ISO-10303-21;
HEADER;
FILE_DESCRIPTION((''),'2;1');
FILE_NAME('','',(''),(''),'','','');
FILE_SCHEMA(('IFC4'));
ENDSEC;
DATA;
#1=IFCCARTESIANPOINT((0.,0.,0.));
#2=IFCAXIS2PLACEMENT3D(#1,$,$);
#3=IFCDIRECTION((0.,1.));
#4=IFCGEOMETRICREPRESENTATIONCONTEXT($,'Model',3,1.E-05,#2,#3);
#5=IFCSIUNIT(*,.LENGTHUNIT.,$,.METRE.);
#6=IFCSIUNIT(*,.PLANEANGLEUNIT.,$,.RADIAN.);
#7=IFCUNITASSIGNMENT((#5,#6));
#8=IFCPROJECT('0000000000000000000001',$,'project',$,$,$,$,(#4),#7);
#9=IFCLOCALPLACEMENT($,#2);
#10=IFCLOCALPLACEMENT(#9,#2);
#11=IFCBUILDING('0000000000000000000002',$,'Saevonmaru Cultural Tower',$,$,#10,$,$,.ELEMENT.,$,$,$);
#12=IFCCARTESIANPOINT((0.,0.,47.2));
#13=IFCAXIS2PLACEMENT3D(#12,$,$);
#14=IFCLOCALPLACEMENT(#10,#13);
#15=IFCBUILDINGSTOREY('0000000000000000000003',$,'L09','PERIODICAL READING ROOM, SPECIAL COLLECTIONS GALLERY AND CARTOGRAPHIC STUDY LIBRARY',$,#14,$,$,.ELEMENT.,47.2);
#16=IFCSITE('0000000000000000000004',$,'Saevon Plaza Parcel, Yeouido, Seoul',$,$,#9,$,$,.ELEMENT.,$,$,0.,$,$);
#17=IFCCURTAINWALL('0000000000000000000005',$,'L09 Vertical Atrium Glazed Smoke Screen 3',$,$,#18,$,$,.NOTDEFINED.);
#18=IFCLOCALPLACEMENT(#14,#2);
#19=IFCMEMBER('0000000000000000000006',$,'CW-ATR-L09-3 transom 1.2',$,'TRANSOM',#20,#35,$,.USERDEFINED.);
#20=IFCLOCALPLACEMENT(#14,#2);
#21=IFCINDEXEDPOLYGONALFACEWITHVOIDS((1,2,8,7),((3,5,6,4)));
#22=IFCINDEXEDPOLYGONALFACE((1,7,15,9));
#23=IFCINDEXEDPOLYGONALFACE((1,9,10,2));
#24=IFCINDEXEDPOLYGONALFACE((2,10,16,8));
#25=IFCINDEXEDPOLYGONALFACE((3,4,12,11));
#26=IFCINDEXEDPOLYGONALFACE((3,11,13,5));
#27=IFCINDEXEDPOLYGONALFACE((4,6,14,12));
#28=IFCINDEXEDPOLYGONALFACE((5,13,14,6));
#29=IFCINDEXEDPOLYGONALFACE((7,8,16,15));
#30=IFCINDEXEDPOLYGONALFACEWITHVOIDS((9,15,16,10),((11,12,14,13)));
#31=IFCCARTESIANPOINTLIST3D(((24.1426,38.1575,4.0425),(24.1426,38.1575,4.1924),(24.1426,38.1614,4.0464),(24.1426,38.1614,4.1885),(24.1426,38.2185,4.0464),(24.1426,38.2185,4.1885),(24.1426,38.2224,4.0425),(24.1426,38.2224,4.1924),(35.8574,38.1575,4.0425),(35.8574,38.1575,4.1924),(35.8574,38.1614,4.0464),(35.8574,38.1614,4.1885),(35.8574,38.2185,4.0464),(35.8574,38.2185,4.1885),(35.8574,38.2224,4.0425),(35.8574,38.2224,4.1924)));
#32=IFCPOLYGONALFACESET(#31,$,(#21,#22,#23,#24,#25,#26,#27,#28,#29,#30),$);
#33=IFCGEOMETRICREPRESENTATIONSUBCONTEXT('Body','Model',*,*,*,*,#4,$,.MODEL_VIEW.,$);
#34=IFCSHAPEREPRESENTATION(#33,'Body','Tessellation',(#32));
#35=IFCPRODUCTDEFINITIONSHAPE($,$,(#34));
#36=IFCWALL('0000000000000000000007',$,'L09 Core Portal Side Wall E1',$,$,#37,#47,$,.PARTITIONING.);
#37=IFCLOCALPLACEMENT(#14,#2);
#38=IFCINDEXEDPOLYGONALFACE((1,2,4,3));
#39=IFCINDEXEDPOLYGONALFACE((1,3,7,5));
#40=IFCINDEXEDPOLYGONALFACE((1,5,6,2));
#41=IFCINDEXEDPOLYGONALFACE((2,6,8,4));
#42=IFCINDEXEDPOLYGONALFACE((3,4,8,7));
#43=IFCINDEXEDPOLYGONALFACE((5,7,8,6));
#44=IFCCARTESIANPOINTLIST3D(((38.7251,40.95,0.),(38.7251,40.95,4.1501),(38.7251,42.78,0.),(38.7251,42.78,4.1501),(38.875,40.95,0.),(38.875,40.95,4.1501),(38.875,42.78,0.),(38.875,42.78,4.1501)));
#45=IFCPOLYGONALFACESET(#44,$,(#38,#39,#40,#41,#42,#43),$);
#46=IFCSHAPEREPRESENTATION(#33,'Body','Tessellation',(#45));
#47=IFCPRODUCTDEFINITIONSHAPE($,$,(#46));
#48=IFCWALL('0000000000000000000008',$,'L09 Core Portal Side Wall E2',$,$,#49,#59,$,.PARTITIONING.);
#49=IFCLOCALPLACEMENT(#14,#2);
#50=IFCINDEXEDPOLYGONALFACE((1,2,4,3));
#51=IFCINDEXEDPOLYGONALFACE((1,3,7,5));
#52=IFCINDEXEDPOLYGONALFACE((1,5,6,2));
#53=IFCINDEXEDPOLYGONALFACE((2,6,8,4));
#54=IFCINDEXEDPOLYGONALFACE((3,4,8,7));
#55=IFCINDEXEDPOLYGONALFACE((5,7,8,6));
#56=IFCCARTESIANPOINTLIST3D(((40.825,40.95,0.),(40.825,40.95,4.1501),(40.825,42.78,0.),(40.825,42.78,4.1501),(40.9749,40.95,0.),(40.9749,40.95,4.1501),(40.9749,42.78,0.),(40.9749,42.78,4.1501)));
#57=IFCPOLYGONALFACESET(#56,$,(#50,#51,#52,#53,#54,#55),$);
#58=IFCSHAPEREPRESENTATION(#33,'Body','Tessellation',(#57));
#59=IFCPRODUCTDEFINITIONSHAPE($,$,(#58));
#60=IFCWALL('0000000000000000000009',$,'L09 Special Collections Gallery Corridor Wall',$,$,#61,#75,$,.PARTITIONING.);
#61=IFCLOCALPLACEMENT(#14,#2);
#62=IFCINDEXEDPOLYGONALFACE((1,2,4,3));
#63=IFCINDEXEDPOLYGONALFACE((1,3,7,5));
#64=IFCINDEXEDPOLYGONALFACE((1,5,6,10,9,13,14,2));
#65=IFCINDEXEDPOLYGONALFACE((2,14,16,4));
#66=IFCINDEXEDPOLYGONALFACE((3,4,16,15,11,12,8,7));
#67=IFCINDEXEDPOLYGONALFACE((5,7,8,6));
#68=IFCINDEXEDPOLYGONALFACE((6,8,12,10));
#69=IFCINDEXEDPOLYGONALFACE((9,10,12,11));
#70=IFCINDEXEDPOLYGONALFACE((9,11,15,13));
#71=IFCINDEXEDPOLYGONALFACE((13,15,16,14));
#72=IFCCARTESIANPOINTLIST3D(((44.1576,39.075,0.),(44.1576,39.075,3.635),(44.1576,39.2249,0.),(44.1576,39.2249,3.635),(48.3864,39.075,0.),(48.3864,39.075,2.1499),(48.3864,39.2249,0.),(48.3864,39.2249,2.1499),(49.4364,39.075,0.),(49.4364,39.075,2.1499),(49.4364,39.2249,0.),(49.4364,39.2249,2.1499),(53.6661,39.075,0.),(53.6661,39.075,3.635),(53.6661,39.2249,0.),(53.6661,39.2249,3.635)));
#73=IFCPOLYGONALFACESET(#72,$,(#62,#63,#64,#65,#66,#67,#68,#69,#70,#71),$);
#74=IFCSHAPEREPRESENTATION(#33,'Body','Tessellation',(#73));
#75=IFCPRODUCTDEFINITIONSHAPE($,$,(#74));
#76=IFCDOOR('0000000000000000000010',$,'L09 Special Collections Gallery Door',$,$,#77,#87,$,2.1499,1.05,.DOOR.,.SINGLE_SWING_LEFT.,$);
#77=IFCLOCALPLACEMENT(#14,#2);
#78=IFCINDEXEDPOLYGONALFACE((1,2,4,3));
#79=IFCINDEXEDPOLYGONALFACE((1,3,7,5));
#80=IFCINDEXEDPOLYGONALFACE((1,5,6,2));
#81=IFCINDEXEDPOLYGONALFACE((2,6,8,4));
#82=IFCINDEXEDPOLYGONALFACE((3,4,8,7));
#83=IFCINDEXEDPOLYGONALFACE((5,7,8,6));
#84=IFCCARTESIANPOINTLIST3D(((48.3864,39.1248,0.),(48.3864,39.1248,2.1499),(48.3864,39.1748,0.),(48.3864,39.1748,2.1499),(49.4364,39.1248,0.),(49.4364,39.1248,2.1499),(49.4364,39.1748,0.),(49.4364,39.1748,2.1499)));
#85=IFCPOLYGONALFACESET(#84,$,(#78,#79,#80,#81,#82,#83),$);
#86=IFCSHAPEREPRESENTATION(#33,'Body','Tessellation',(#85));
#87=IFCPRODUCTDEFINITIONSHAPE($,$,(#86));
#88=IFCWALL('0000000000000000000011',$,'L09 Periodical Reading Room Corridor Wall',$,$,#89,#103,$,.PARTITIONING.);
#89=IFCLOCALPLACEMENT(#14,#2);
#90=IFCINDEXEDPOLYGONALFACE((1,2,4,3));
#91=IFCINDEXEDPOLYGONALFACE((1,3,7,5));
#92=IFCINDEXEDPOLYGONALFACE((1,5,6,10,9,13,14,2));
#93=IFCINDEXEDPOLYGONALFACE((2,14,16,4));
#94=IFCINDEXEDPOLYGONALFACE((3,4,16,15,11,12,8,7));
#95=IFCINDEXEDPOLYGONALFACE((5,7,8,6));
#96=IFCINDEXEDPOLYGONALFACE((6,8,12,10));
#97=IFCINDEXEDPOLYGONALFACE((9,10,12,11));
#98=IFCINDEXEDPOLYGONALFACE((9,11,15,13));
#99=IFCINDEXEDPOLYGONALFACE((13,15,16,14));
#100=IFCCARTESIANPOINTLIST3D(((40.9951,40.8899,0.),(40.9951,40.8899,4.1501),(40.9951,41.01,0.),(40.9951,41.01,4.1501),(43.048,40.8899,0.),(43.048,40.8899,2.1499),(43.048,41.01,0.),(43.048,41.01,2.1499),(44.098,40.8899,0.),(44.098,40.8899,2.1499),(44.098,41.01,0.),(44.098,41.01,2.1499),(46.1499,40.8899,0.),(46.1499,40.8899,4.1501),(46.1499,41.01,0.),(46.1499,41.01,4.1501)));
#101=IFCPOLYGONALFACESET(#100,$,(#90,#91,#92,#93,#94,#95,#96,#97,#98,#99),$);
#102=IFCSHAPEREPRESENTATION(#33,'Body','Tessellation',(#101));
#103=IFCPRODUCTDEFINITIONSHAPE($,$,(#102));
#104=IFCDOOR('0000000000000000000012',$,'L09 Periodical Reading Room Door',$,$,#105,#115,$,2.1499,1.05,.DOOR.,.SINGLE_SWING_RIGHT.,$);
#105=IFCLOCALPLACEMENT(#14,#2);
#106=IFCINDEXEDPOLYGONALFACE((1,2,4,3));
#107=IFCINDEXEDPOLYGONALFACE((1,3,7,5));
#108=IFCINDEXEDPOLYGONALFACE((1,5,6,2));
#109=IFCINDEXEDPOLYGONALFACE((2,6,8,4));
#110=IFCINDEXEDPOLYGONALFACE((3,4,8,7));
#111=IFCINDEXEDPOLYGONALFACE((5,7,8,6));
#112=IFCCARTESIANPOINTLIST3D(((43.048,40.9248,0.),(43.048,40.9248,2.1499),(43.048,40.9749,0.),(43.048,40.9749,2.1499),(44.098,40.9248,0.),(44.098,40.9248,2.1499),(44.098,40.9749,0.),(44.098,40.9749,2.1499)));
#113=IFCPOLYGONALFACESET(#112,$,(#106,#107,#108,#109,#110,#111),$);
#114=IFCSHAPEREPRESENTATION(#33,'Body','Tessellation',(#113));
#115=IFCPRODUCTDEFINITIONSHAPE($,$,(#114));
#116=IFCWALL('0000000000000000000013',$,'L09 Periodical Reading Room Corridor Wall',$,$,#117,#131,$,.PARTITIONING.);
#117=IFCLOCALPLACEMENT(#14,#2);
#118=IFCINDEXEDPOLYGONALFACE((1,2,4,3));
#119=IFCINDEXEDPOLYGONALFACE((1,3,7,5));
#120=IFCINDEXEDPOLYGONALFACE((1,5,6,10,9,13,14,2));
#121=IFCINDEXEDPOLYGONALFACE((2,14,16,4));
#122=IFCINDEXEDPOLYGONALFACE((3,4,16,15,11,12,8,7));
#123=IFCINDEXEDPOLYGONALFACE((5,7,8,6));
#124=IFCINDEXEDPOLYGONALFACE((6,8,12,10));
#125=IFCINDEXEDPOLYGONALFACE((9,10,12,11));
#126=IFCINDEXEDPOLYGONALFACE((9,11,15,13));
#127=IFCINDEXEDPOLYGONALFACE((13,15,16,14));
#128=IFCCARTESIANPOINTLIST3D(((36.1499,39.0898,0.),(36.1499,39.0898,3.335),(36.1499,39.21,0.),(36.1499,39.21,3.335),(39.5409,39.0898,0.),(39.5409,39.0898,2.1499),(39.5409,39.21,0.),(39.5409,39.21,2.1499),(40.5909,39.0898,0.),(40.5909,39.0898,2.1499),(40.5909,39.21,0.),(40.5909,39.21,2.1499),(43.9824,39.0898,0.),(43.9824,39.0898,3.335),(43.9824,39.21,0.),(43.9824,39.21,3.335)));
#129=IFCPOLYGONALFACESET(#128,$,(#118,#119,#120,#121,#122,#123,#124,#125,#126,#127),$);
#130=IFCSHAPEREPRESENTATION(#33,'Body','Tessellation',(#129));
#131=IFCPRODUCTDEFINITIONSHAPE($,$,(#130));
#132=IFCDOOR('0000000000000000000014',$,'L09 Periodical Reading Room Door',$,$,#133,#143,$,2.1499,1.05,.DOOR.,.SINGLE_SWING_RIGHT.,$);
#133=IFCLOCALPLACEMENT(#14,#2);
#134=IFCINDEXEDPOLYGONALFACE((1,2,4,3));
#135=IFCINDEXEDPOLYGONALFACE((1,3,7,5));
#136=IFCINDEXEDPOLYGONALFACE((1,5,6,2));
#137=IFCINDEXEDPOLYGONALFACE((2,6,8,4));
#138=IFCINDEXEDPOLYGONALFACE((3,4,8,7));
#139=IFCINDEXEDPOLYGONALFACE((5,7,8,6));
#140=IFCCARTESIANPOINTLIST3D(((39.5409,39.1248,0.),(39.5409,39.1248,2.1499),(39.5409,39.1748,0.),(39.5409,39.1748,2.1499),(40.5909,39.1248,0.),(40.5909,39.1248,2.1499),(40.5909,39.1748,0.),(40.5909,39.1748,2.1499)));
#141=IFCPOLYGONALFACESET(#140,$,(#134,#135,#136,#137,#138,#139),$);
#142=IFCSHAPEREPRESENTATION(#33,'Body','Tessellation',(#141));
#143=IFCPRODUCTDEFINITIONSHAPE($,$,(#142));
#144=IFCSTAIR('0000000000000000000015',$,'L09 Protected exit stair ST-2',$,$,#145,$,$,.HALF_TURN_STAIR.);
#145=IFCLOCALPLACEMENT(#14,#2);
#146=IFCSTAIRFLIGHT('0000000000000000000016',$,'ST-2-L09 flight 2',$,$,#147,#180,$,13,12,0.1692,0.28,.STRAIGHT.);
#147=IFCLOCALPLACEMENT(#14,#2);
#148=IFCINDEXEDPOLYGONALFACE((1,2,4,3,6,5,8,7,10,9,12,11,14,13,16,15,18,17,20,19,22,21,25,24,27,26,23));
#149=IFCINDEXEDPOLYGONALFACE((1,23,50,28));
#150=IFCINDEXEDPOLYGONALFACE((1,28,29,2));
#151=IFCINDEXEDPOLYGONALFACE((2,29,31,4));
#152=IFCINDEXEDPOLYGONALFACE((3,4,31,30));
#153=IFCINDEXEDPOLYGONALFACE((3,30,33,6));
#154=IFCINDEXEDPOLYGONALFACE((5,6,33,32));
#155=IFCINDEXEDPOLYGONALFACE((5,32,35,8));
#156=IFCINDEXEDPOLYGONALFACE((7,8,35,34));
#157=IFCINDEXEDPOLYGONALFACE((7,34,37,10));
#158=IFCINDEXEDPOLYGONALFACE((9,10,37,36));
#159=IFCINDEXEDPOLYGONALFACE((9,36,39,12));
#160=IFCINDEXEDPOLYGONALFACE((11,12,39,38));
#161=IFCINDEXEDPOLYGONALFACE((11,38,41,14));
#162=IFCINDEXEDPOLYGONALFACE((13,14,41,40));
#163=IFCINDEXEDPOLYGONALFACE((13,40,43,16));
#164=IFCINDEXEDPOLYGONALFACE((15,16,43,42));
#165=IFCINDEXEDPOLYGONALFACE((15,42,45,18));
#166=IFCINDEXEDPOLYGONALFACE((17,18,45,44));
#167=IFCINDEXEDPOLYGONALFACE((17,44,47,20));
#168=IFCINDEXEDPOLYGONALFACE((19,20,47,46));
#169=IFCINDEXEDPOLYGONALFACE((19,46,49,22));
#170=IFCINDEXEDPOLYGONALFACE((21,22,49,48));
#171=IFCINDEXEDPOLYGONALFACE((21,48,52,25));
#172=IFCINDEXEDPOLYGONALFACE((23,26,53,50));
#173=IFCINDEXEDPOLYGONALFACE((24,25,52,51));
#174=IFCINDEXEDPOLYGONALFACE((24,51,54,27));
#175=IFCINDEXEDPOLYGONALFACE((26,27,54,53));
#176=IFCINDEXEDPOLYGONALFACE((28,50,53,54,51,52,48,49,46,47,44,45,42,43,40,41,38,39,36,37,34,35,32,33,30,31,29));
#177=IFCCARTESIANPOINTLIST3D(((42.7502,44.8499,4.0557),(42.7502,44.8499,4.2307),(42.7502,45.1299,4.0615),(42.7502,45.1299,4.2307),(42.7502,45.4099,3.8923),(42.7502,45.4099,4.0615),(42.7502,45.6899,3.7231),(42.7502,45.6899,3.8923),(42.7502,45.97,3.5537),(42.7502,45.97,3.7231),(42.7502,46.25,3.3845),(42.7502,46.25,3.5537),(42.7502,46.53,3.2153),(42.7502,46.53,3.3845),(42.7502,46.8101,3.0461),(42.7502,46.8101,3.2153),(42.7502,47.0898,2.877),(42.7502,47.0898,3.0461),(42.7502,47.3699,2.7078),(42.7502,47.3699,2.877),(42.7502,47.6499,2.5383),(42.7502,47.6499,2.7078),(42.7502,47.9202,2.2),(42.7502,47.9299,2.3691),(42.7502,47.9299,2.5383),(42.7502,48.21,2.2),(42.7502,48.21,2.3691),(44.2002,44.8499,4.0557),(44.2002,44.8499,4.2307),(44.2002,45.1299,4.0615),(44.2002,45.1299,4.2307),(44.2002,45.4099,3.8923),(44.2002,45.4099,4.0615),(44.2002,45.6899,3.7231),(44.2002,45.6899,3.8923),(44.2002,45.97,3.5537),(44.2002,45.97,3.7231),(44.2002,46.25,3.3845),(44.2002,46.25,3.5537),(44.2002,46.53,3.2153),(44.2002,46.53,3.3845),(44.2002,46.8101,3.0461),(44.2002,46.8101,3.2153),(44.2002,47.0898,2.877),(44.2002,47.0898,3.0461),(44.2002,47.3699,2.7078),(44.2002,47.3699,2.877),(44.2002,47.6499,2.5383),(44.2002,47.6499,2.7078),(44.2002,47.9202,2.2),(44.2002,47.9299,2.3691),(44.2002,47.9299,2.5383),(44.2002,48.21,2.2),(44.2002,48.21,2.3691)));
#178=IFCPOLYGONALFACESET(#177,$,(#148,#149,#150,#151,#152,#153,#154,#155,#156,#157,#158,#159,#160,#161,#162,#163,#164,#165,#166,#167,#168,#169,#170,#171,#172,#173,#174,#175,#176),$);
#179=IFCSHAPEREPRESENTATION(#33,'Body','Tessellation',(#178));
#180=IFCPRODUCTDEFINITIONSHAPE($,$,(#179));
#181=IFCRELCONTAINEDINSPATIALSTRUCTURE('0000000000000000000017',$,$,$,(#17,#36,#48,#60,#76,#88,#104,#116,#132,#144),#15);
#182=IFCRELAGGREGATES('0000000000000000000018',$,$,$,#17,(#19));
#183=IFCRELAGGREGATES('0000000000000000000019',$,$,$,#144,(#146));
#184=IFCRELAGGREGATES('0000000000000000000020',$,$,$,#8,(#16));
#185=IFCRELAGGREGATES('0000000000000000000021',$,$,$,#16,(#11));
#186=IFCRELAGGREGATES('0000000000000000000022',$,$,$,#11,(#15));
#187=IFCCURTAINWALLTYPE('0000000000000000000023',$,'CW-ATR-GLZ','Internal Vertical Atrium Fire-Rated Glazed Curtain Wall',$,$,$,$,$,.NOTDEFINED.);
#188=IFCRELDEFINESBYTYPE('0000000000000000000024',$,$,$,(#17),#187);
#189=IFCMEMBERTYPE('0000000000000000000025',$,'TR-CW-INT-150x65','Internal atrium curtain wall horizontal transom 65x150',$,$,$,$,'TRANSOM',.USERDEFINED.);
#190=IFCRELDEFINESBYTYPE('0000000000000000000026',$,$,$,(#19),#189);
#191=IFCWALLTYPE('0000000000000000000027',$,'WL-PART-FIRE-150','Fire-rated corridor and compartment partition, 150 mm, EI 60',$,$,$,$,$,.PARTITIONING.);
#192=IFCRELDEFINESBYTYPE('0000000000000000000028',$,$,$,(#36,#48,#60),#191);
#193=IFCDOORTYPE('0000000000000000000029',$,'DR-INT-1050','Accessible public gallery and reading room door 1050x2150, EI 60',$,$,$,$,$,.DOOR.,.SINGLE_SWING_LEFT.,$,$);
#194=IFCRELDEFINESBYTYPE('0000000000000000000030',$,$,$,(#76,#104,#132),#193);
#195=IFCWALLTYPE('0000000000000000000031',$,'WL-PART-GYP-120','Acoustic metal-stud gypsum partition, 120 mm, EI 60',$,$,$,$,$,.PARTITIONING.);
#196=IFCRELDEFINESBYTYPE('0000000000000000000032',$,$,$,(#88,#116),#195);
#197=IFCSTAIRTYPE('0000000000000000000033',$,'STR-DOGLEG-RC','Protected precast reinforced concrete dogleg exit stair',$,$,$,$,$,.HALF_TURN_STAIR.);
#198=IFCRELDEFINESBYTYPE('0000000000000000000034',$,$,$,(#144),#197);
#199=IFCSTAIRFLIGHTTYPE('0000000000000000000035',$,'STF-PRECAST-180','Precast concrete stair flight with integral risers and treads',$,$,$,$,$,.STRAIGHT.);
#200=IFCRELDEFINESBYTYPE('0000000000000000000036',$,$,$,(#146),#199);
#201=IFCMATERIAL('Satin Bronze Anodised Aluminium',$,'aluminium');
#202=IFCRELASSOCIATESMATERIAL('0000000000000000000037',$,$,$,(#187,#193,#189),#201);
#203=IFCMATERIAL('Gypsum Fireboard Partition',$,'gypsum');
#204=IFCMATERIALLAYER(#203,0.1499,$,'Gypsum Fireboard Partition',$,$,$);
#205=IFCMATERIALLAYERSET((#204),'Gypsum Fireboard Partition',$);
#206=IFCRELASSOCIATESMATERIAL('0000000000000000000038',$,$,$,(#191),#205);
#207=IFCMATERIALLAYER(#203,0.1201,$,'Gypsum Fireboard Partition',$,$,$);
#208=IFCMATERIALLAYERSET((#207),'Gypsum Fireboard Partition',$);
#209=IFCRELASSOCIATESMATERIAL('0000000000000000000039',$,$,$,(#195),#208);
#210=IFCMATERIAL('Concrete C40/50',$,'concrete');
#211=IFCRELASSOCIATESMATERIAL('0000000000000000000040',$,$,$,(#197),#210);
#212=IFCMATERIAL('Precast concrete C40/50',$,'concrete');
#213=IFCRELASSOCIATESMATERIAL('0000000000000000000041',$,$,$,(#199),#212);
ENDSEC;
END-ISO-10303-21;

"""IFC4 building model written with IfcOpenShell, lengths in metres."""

from ifc_helpers import new_model, si_unit, direction, frame, frame_2d, origin, origin_2d, place, context, subcontext, project, spatial, polyline, rectangle, hollow_rectangle, outline, extrude, material, layer, layer_set, material_profile, profile_set, type_object, element, fill, aggregate, save


model = new_model("IFC4")

# Units and contexts
model_context = context("Model", 3, precision=1e-05, world=origin(), true_north=direction((0.0, 1.0)))
body_context = subcontext(model_context, "Body", "Model", "MODEL_VIEW")
ifc_project = project(units=[si_unit("LENGTHUNIT", "METRE"), si_unit("PLANEANGLEUNIT", "RADIAN")], contexts=[model_context])

# Site, building, storey
site_placement = place(None, origin())
site = spatial("IfcSite", under=ifc_project, at=site_placement, Name="Saevon Plaza Parcel, Yeouido, Seoul", CompositionType="ELEMENT", RefElevation=0.0)
building_placement = place(site_placement, origin())
building = spatial("IfcBuilding", under=site, at=building_placement, Name="Saevonmaru Cultural Tower", CompositionType="ELEMENT")
storey_placement = place(building_placement, frame((0.0, 0.0, 47.2)))
storey = spatial("IfcBuildingStorey", under=building, at=storey_placement, Name="L09", Description="PERIODICAL READING ROOM, SPECIAL COLLECTIONS GALLERY AND CARTOGRAPHIC STUDY LIBRARY", CompositionType="ELEMENT", Elevation=47.2)

# Shared definitions
ifc_material_1 = material(Name="Satin Bronze Anodised Aluminium", Category="aluminium")
curtain_wall_type = type_object("IfcCurtainWallType", Name="CW-ATR-GLZ", Description="Internal Vertical Atrium Fire-Rated Glazed Curtain Wall", PredefinedType="NOTDEFINED", material=ifc_material_1)

# Curtain wall, member
curtain_wall_1_placement = place(storey_placement, origin())
curtain_wall_1 = element("IfcCurtainWall", 1, at=curtain_wall_1_placement, inside=storey, type_object=curtain_wall_type, Name="L09 Vertical Atrium Glazed Smoke Screen 3", PredefinedType="NOTDEFINED")
ifc_material_profile_1 = material_profile(ifc_material_1, hollow_rectangle(XDim=0.0649, YDim=0.1499, WallThickness=0.0039, at=origin_2d()), Name="ALU-TRAN-150x65x4")
ifc_profile_set_1 = profile_set([ifc_material_profile_1], Name="Satin Bronze Anodised Aluminium")
member_type_1 = type_object("IfcMemberType", Name="TR-CW-INT-150x65", Description="Internal atrium curtain wall horizontal transom 65x150", ElementType="TRANSOM", PredefinedType="USERDEFINED", material=ifc_profile_set_1)
member_1_placement = place(storey_placement, frame((35.8574, 38.1899, 4.1174), z_axis=(-1.0, 0.0, 0.0), x_axis=(0.0, -1.0, 0.0)))
member_1 = element("IfcMember", 2, at=member_1_placement, type_object=member_type_1, Name="CW-ATR-L09-3 transom 1.2", ObjectType="TRANSOM", PredefinedType="USERDEFINED", context=body_context, shape_type="SweptSolid", body=[
    extrude(hollow_rectangle(XDim=0.0649, YDim=0.1499, WallThickness=0.0039, at=origin_2d()), origin(), (0.0, 0.0, 1.0), 11.7148),
])
aggregate(curtain_wall_1, [member_1])

# Walls
ifc_material_2 = material(Name="Gypsum Fireboard Partition", Category="gypsum")
ifc_layer_1 = layer(ifc_material_2, 0.1499, Name="Gypsum Fireboard Partition")
ifc_layer_set_1 = layer_set([ifc_layer_1], Name="Gypsum Fireboard Partition")
wall_type_1 = type_object("IfcWallType", Name="WL-PART-FIRE-150", Description="Fire-rated corridor and compartment partition, 150 mm, EI 60", PredefinedType="PARTITIONING", material=ifc_layer_set_1)
for number, where, z_axis, x_axis, name in (
    (3, (38.8, 40.95, 0.0), (0.0, 0.0, 1.0), (0.0, 1.0, 0.0), "L09 Core Portal Side Wall E1"),
    (4, (40.8999, 40.95, 0.0), (0.0, 0.0, 1.0), (0.0, 1.0, 0.0), "L09 Core Portal Side Wall E2"),
):
    element("IfcWall", number, at=place(storey_placement, frame(where, z_axis=z_axis, x_axis=x_axis)), inside=storey, type_object=wall_type_1, Name=name, PredefinedType="PARTITIONING", context=body_context, shape_type="SweptSolid", body=[
        extrude(rectangle(XDim=1.8301, YDim=0.1499, at=frame_2d((0.915, 0.0))), origin(), (0.0, 0.0, 1.0), 4.1501),
    ])

# Walls, openings, doors
wall_1_placement = place(storey_placement, frame((44.1575, 39.1499, 0.0), z_axis=(0.0, 0.0, 1.0), x_axis=(1.0, 0.0, 0.0)))
wall_1 = element("IfcWall", 5, at=wall_1_placement, inside=storey, type_object=wall_type_1, Name="L09 Special Collections Gallery Corridor Wall", PredefinedType="PARTITIONING", context=body_context, shape_type="SweptSolid", body=[
    extrude(rectangle(XDim=9.5085, YDim=0.1499, at=frame_2d((4.7544, 0.0))), origin(), (0.0, 0.0, 1.0), 3.635),
])
opening_1_placement = place(wall_1_placement, frame((4.229, 0.0, 0.0)))
opening_1 = element("IfcOpeningElement", 6, at=opening_1_placement, cuts=wall_1, PredefinedType="OPENING", context=body_context, shape_type="SweptSolid", body=[
    extrude(rectangle(XDim=1.05, YDim=2.1499, at=frame_2d((0.5249, 1.075))), frame((0.0, 0.085, 0.0), z_axis=(0.0, -1.0, 0.0), x_axis=(1.0, 0.0, 0.0)), (0.0, 0.0, 1.0), 0.1699),
])
door_type = type_object("IfcDoorType", Name="DR-INT-1050", Description="Accessible public gallery and reading room door 1050x2150, EI 60", OperationType="SINGLE_SWING_LEFT", PredefinedType="DOOR", material=ifc_material_1)
door_1_placement = place(opening_1_placement, origin())
door_1 = element("IfcDoor", 7, at=door_1_placement, inside=storey, type_object=door_type, Name="L09 Special Collections Gallery Door", OperationType="SINGLE_SWING_LEFT", OverallHeight=2.1499, OverallWidth=1.05, PredefinedType="DOOR", context=body_context, shape_type="SweptSolid", body=[
    extrude(rectangle(XDim=1.05, YDim=2.1499, at=frame_2d((0.5249, 1.075))), frame((0.0, 0.0249, 0.0), z_axis=(0.0, -1.0, 0.0), x_axis=(1.0, 0.0, 0.0)), (0.0, 0.0, 1.0), 0.05),
])
fill(opening_1, door_1)
ifc_layer_2 = layer(ifc_material_2, 0.1201, Name="Gypsum Fireboard Partition")
ifc_layer_set_2 = layer_set([ifc_layer_2], Name="Gypsum Fireboard Partition")
wall_type_2 = type_object("IfcWallType", Name="WL-PART-GYP-120", Description="Acoustic metal-stud gypsum partition, 120 mm, EI 60", PredefinedType="PARTITIONING", material=ifc_layer_set_2)
wall_2_placement = place(storey_placement, frame((40.9951, 40.95, 0.0), z_axis=(0.0, 0.0, 1.0), x_axis=(1.0, 0.0, 0.0)))
wall_2 = element("IfcWall", 8, at=wall_2_placement, inside=storey, type_object=wall_type_2, Name="L09 Periodical Reading Room Corridor Wall", PredefinedType="PARTITIONING", context=body_context, shape_type="SweptSolid", body=[
    extrude(rectangle(XDim=5.1548, YDim=0.1201, at=frame_2d((2.5774, 0.0))), origin(), (0.0, 0.0, 1.0), 4.1501),
])
opening_2_placement = place(wall_2_placement, frame((2.053, 0.0, 0.0)))
opening_2 = element("IfcOpeningElement", 9, at=opening_2_placement, cuts=wall_2, PredefinedType="OPENING", context=body_context, shape_type="SweptSolid", body=[
    extrude(rectangle(XDim=1.05, YDim=2.1499, at=frame_2d((0.5249, 1.075))), frame((0.0, 0.0701, 0.0), z_axis=(0.0, -1.0, 0.0), x_axis=(1.0, 0.0, 0.0)), (0.0, 0.0, 1.0), 0.1401),
])
door_2_placement = place(opening_2_placement, origin())
door_2 = element("IfcDoor", 10, at=door_2_placement, inside=storey, type_object=door_type, Name="L09 Periodical Reading Room Door", OperationType="SINGLE_SWING_RIGHT", OverallHeight=2.1499, OverallWidth=1.05, PredefinedType="DOOR", context=body_context, shape_type="SweptSolid", body=[
    extrude(rectangle(XDim=1.05, YDim=2.1499, at=frame_2d((0.5249, 1.075))), frame((0.0, 0.0249, 0.0), z_axis=(0.0, -1.0, 0.0), x_axis=(1.0, 0.0, 0.0)), (0.0, 0.0, 1.0), 0.05),
])
fill(opening_2, door_2)
wall_3_placement = place(storey_placement, frame((36.1499, 39.1499, 0.0), z_axis=(0.0, 0.0, 1.0), x_axis=(1.0, 0.0, 0.0)))
wall_3 = element("IfcWall", 11, at=wall_3_placement, inside=storey, type_object=wall_type_2, Name="L09 Periodical Reading Room Corridor Wall", PredefinedType="PARTITIONING", context=body_context, shape_type="SweptSolid", body=[
    extrude(rectangle(XDim=7.8325, YDim=0.1201, at=frame_2d((3.9163, 0.0))), origin(), (0.0, 0.0, 1.0), 3.335),
])
opening_3_placement = place(wall_3_placement, frame((3.3911, 0.0, 0.0)))
opening_3 = element("IfcOpeningElement", 12, at=opening_3_placement, cuts=wall_3, PredefinedType="OPENING", context=body_context, shape_type="SweptSolid", body=[
    extrude(rectangle(XDim=1.05, YDim=2.1499, at=frame_2d((0.5249, 1.075))), frame((0.0, 0.0701, 0.0), z_axis=(0.0, -1.0, 0.0), x_axis=(1.0, 0.0, 0.0)), (0.0, 0.0, 1.0), 0.1401),
])
door_3_placement = place(opening_3_placement, origin())
door_3 = element("IfcDoor", 13, at=door_3_placement, inside=storey, type_object=door_type, Name="L09 Periodical Reading Room Door", OperationType="SINGLE_SWING_RIGHT", OverallHeight=2.1499, OverallWidth=1.05, PredefinedType="DOOR", context=body_context, shape_type="SweptSolid", body=[
    extrude(rectangle(XDim=1.05, YDim=2.1499, at=frame_2d((0.5249, 1.075))), frame((0.0, 0.0249, 0.0), z_axis=(0.0, -1.0, 0.0), x_axis=(1.0, 0.0, 0.0)), (0.0, 0.0, 1.0), 0.05),
])
fill(opening_3, door_3)

# Stair, stair flight
ifc_material_3 = material(Name="Concrete C40/50", Category="concrete")
stair_type = type_object("IfcStairType", Name="STR-DOGLEG-RC", Description="Protected precast reinforced concrete dogleg exit stair", PredefinedType="HALF_TURN_STAIR", material=ifc_material_3)
stair_placement = place(storey_placement, origin())
stair = element("IfcStair", 14, at=stair_placement, inside=storey, type_object=stair_type, Name="L09 Protected exit stair ST-2", PredefinedType="HALF_TURN_STAIR")
ifc_material_4 = material(Name="Precast concrete C40/50", Category="concrete")
stair_flight_type = type_object("IfcStairFlightType", Name="STF-PRECAST-180", Description="Precast concrete stair flight with integral risers and treads", PredefinedType="STRAIGHT", material=ifc_material_4)
stair_flight_placement = place(storey_placement, frame((43.4751, 48.21, 2.2), z_axis=(0.0, 0.0, 1.0), x_axis=(0.0, -1.0, 0.0)))
stair_flight = element("IfcStairFlight", 15, at=stair_flight_placement, type_object=stair_flight_type, Name="ST-2-L09 flight 2", NumberOfRisers=13, NumberOfTreads=12, PredefinedType="STRAIGHT", RiserHeight=0.1692, TreadLength=0.28, context=body_context, shape_type="SweptSolid", body=[
    extrude(outline(polyline([(0.0, 0.0), (0.0, 0.1692), (0.28, 0.1692), (0.28, 0.3384), (0.5601, 0.3384), (0.5601, 0.5078), (0.8401, 0.5078), (0.8401, 0.677), (1.1201, 0.677), (1.1201, 0.8462), (1.3999, 0.8462), (1.3999, 1.0154), (1.6799, 1.0154), (1.6799, 1.1846), (1.96, 1.1846), (1.96, 1.3538), (2.24, 1.3538), (2.24, 1.5232), (2.52, 1.5232), (2.52, 1.6924), (2.8, 1.6924), (2.8, 1.8616), (3.0801, 1.8616), (3.0801, 2.0308), (3.3601, 2.0308), (3.3601, 2.2), (3.3601, 1.8557), (0.2898, 0.0), (0.0, 0.0)])), frame((0.0, 0.7251, 0.0), z_axis=(0.0, -1.0, 0.0), x_axis=(1.0, 0.0, 0.0)), (0.0, 0.0, 1.0), 1.45),
])
aggregate(stair, [stair_flight])

save(model, "model.ifc")
